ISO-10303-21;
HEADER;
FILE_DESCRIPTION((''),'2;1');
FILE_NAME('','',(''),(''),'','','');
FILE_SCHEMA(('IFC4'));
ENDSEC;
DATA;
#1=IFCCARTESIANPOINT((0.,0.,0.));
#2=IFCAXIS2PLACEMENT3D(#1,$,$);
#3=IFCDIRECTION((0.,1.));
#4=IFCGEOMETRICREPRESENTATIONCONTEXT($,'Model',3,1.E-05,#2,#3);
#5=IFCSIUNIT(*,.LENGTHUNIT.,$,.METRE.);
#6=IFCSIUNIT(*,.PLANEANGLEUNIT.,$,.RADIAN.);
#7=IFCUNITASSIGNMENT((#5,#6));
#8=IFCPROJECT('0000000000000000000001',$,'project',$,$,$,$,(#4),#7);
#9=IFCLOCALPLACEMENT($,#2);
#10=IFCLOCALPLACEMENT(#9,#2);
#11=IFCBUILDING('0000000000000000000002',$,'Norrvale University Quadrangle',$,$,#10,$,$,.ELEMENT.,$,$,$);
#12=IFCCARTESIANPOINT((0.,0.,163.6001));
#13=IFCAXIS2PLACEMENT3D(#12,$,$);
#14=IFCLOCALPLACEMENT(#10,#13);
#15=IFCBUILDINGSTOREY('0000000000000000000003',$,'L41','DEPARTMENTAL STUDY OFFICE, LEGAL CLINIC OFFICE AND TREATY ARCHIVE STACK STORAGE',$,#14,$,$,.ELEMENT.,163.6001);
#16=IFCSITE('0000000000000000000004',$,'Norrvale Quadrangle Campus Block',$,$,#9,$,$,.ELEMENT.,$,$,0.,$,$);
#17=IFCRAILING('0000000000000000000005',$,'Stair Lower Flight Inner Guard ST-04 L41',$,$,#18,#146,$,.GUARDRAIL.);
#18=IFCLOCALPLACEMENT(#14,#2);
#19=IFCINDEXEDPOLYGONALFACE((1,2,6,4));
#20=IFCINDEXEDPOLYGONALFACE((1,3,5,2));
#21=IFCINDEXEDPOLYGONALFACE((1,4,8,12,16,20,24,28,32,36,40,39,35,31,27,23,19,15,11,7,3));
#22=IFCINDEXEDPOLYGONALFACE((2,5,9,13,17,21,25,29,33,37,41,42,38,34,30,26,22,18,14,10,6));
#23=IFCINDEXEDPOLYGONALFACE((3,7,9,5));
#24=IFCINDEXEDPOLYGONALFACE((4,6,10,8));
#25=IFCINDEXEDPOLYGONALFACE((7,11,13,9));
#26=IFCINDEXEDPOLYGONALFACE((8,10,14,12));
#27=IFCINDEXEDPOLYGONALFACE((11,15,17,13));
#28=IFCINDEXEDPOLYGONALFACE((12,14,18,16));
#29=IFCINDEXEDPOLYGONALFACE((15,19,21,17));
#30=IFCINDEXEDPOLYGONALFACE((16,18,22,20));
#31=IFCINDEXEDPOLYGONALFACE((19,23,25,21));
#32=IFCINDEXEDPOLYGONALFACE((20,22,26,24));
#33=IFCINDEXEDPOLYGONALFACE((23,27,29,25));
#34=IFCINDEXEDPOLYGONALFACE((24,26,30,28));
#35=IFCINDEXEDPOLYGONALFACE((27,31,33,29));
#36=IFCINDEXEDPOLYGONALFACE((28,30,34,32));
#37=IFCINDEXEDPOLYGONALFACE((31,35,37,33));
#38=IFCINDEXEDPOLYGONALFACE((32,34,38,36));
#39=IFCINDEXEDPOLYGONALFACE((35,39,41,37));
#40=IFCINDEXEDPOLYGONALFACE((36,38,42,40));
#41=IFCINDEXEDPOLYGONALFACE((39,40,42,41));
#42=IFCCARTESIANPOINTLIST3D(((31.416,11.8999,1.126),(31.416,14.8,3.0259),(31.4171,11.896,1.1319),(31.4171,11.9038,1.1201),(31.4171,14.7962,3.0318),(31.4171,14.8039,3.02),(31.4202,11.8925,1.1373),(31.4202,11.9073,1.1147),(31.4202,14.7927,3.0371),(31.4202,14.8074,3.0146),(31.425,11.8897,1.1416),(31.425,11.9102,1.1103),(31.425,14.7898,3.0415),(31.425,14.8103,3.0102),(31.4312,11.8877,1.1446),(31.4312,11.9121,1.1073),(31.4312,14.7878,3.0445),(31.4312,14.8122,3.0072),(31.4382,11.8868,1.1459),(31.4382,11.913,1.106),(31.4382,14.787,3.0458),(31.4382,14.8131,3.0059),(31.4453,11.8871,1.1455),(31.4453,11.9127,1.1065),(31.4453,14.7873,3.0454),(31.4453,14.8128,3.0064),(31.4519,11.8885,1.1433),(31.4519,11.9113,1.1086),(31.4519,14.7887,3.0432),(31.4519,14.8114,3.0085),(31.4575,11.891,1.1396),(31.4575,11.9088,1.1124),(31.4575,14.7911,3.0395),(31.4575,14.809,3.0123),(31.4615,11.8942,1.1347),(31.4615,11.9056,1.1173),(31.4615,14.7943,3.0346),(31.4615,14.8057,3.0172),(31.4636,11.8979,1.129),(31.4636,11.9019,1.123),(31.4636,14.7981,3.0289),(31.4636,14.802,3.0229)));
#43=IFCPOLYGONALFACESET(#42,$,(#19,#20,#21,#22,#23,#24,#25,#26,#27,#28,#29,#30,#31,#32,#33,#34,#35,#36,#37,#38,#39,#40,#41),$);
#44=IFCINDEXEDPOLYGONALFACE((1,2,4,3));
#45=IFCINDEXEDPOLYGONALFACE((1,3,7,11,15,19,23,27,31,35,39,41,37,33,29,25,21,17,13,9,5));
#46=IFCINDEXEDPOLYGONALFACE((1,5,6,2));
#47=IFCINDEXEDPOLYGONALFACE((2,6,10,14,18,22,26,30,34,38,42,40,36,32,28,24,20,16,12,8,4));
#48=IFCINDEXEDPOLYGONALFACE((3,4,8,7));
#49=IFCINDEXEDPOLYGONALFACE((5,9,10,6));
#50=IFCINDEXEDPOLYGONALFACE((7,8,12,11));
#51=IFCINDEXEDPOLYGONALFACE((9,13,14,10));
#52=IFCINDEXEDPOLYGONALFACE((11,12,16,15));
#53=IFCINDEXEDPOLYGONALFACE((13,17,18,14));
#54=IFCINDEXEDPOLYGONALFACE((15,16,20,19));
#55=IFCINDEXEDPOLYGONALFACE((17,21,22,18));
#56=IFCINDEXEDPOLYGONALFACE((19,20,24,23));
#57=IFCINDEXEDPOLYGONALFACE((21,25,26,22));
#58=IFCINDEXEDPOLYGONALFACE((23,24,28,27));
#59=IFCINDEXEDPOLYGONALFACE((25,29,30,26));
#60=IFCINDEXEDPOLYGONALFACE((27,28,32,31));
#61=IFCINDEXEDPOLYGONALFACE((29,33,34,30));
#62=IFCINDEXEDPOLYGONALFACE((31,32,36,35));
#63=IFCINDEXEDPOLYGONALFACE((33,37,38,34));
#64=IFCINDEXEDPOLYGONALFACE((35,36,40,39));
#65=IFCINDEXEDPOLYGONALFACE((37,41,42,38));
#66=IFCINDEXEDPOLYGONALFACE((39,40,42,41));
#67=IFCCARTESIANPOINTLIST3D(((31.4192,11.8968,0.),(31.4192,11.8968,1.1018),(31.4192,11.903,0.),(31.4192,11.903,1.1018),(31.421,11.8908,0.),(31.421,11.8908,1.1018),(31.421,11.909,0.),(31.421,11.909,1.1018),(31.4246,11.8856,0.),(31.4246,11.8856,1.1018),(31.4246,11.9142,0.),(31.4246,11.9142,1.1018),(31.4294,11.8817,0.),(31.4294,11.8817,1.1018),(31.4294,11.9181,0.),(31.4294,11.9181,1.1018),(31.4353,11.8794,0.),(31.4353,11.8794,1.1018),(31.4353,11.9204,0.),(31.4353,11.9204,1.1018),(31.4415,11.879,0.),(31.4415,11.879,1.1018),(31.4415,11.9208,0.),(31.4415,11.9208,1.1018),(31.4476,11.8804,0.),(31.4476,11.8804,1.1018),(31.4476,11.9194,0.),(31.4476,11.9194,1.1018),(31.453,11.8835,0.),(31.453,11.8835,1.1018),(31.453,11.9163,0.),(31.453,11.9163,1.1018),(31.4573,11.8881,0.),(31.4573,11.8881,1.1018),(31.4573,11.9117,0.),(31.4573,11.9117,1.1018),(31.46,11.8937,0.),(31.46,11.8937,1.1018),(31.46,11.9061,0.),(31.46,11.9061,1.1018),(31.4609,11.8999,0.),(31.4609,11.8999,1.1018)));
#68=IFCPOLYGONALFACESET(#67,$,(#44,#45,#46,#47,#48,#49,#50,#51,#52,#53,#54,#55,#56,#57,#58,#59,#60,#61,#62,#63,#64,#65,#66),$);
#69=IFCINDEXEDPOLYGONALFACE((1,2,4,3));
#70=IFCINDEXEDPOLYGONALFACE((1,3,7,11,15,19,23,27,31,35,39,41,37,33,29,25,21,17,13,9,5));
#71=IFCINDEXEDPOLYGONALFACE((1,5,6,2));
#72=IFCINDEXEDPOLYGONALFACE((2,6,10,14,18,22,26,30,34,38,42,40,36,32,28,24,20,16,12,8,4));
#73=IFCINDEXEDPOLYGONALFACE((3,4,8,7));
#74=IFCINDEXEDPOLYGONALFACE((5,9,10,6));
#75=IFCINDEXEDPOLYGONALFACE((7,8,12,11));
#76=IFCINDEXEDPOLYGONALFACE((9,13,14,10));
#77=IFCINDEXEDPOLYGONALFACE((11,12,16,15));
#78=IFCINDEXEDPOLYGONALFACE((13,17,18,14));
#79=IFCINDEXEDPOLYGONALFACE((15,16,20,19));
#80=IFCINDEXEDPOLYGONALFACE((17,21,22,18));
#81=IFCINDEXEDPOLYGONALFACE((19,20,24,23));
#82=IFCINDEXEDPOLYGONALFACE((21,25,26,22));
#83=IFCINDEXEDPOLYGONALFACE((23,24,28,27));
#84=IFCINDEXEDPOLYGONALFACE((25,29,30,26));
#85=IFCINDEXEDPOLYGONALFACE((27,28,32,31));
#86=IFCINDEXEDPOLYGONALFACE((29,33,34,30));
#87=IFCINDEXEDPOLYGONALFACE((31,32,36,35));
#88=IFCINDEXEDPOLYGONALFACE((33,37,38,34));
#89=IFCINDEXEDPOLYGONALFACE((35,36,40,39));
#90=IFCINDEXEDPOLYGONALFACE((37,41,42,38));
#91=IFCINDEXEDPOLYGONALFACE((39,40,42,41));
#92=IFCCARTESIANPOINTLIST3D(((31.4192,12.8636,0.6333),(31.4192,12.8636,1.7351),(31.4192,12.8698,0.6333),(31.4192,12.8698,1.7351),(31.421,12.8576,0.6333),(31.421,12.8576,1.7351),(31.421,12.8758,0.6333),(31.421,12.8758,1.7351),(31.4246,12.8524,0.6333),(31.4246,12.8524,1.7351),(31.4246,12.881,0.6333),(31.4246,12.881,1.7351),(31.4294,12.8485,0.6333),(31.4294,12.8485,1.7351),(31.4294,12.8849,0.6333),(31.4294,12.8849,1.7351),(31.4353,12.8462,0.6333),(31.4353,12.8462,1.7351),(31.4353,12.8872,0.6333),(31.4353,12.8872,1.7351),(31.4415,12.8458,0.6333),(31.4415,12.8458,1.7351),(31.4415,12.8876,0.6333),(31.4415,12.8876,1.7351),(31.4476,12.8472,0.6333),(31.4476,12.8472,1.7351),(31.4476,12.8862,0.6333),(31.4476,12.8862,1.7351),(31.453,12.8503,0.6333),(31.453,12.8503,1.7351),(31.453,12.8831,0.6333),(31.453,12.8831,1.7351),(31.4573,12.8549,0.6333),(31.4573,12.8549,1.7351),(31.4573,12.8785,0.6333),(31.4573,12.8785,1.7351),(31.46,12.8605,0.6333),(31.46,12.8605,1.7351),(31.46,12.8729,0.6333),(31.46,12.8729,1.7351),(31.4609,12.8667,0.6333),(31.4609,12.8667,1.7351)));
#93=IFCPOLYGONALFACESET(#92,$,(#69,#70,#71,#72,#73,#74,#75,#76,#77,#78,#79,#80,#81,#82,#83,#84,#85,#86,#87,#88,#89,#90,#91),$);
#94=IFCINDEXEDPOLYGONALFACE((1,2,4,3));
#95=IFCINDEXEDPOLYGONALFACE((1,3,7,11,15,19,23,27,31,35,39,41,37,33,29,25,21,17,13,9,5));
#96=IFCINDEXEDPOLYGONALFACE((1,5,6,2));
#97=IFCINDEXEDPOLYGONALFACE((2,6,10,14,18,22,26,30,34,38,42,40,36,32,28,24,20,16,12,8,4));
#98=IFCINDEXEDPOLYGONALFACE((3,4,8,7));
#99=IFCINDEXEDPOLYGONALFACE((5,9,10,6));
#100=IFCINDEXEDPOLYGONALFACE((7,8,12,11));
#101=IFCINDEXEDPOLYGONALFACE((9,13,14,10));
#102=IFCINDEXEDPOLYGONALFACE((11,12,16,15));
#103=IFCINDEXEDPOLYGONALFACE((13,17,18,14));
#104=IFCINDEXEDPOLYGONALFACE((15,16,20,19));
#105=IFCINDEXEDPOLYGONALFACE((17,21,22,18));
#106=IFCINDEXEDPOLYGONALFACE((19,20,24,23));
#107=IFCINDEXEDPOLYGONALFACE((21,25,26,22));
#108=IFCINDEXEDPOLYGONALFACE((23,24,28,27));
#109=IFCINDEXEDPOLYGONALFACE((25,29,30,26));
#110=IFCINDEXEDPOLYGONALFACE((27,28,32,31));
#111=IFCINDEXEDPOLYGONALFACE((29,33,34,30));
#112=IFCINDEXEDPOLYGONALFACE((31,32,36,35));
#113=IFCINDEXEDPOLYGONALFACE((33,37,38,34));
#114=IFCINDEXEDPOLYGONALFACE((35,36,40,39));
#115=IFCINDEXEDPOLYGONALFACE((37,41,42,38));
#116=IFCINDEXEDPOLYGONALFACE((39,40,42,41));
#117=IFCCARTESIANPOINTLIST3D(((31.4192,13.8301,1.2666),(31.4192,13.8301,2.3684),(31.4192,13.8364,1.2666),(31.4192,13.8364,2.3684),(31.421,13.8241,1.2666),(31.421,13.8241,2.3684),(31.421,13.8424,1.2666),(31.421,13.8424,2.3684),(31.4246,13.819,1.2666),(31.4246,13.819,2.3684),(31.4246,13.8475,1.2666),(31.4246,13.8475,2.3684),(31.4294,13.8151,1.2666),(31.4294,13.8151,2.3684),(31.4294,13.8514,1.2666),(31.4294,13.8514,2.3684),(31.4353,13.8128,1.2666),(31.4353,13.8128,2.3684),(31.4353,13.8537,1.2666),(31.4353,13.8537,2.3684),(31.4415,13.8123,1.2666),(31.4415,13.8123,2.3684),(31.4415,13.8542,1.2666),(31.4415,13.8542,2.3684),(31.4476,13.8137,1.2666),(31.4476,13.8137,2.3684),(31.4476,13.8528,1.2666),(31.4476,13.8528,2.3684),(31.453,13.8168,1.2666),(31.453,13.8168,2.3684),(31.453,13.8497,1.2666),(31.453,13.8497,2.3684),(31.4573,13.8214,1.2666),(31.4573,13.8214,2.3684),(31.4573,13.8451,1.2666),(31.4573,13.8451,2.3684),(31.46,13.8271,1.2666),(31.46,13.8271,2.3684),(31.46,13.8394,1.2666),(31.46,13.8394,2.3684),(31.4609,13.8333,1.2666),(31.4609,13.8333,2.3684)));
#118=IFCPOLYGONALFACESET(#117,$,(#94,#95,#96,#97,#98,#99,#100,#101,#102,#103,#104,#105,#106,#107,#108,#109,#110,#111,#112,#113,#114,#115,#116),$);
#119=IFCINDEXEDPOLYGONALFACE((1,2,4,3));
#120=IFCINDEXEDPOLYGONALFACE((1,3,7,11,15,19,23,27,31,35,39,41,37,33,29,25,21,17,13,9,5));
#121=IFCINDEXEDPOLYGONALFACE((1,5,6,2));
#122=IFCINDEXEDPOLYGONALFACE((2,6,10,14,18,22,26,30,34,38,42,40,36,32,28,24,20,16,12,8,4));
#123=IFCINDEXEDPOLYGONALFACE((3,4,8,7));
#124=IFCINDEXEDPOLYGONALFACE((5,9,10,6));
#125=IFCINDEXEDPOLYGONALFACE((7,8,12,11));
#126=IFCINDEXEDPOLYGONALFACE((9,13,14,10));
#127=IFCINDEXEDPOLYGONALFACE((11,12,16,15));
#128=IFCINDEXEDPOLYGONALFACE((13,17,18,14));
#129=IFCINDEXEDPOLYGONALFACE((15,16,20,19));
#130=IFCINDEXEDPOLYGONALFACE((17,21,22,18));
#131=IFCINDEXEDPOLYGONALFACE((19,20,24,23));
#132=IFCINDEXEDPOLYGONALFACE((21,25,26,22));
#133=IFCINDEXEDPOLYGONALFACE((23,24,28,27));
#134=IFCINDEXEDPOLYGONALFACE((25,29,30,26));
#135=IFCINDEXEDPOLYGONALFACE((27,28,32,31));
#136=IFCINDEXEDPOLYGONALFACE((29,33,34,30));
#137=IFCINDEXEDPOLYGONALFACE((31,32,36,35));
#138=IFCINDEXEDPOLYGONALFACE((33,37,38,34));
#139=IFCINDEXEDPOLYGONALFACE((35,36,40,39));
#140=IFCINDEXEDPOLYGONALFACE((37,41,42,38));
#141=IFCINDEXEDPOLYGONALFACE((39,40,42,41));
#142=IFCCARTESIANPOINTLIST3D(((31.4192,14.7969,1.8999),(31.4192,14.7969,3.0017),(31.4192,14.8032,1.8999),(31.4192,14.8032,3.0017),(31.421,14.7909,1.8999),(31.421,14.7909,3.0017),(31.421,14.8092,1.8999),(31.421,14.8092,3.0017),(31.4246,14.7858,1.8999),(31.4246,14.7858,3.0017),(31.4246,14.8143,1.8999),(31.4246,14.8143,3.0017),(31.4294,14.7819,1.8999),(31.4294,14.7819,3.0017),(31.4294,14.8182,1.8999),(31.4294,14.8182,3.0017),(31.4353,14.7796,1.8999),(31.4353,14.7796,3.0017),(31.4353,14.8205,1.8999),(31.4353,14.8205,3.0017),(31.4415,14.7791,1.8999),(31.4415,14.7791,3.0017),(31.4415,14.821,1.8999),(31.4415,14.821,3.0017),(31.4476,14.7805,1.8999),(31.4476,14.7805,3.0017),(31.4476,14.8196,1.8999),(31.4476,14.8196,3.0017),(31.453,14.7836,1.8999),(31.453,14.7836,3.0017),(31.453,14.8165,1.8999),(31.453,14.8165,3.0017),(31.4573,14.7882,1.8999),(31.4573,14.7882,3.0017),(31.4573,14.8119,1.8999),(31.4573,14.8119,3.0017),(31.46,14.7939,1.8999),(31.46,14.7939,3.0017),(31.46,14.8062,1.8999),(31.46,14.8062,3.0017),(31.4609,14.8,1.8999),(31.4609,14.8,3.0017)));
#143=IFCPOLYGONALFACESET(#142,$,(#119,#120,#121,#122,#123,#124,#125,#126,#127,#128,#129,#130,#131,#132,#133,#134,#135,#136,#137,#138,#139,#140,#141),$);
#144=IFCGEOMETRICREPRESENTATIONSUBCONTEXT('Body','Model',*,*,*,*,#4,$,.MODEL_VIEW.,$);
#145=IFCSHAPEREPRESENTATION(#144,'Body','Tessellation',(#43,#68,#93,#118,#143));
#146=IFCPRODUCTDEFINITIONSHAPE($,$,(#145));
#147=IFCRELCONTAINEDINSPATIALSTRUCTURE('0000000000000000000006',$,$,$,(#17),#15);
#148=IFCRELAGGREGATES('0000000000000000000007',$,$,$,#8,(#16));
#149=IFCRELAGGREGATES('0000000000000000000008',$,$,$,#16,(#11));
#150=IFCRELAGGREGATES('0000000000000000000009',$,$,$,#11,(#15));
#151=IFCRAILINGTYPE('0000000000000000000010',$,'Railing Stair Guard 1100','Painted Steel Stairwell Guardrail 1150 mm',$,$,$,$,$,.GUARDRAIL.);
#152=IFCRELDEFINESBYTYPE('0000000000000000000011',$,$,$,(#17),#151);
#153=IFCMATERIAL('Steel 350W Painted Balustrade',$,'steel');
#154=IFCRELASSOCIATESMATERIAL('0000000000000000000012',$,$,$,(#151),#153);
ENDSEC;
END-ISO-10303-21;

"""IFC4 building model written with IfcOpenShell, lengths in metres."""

from ifc_helpers import new_model, si_unit, direction, frame, origin, origin_2d, place, context, subcontext, project, spatial, circle, extrude, material, type_object, element, save


model = new_model("IFC4")

# Units and contexts
model_context = context("Model", 3, precision=1e-05, world=origin(), true_north=direction((0.0, 1.0)))
body_context = subcontext(model_context, "Body", "Model", "MODEL_VIEW")
ifc_project = project(units=[si_unit("LENGTHUNIT", "METRE"), si_unit("PLANEANGLEUNIT", "RADIAN")], contexts=[model_context])

# Site, building, storey
site_placement = place(None, origin())
site = spatial("IfcSite", under=ifc_project, at=site_placement, Name="Norrvale Quadrangle Campus Block", CompositionType="ELEMENT", RefElevation=0.0)
building_placement = place(site_placement, origin())
building = spatial("IfcBuilding", under=site, at=building_placement, Name="Norrvale University Quadrangle", CompositionType="ELEMENT")
storey_placement = place(building_placement, frame((0.0, 0.0, 163.6001)))
storey = spatial("IfcBuildingStorey", under=building, at=storey_placement, Name="L41", Description="DEPARTMENTAL STUDY OFFICE, LEGAL CLINIC OFFICE AND TREATY ARCHIVE STACK STORAGE", CompositionType="ELEMENT", Elevation=163.6001)

# Railing
ifc_material_1 = material(Name="Steel 350W Painted Balustrade", Category="steel")
railing_type_1 = type_object("IfcRailingType", Name="Railing Stair Guard 1100", Description="Painted Steel Stairwell Guardrail 1150 mm", PredefinedType="GUARDRAIL", material=ifc_material_1)
railing_1_placement = place(storey_placement, frame((31.4399, 11.8999, 0.0)))
element("IfcRailing", 1, at=railing_1_placement, inside=storey, type_object=railing_type_1, Name="Stair Lower Flight Inner Guard ST-04 L41", PredefinedType="GUARDRAIL", context=body_context, shape_type="SweptSolid", body=[
    extrude(circle(Radius=0.0239, at=origin_2d()), frame((0.0, 0.0, 1.126), z_axis=(0.0, 0.836487, 0.547987), x_axis=(-1.0, 0.0, 0.0)), (0.0, 0.0, 1.0), 3.467),
    extrude(circle(Radius=0.021, at=origin_2d()), origin(), (0.0, 0.0, 1.0), 1.1018),
    extrude(circle(Radius=0.021, at=origin_2d()), frame((0.0, 0.9668, 0.6333)), (0.0, 0.0, 1.0), 1.1018),
    extrude(circle(Radius=0.021, at=origin_2d()), frame((0.0, 1.9333, 1.2666)), (0.0, 0.0, 1.0), 1.1018),
    extrude(circle(Radius=0.021, at=origin_2d()), frame((0.0, 2.9001, 1.8999)), (0.0, 0.0, 1.0), 1.1018),
])

save(model, "model.ifc")
